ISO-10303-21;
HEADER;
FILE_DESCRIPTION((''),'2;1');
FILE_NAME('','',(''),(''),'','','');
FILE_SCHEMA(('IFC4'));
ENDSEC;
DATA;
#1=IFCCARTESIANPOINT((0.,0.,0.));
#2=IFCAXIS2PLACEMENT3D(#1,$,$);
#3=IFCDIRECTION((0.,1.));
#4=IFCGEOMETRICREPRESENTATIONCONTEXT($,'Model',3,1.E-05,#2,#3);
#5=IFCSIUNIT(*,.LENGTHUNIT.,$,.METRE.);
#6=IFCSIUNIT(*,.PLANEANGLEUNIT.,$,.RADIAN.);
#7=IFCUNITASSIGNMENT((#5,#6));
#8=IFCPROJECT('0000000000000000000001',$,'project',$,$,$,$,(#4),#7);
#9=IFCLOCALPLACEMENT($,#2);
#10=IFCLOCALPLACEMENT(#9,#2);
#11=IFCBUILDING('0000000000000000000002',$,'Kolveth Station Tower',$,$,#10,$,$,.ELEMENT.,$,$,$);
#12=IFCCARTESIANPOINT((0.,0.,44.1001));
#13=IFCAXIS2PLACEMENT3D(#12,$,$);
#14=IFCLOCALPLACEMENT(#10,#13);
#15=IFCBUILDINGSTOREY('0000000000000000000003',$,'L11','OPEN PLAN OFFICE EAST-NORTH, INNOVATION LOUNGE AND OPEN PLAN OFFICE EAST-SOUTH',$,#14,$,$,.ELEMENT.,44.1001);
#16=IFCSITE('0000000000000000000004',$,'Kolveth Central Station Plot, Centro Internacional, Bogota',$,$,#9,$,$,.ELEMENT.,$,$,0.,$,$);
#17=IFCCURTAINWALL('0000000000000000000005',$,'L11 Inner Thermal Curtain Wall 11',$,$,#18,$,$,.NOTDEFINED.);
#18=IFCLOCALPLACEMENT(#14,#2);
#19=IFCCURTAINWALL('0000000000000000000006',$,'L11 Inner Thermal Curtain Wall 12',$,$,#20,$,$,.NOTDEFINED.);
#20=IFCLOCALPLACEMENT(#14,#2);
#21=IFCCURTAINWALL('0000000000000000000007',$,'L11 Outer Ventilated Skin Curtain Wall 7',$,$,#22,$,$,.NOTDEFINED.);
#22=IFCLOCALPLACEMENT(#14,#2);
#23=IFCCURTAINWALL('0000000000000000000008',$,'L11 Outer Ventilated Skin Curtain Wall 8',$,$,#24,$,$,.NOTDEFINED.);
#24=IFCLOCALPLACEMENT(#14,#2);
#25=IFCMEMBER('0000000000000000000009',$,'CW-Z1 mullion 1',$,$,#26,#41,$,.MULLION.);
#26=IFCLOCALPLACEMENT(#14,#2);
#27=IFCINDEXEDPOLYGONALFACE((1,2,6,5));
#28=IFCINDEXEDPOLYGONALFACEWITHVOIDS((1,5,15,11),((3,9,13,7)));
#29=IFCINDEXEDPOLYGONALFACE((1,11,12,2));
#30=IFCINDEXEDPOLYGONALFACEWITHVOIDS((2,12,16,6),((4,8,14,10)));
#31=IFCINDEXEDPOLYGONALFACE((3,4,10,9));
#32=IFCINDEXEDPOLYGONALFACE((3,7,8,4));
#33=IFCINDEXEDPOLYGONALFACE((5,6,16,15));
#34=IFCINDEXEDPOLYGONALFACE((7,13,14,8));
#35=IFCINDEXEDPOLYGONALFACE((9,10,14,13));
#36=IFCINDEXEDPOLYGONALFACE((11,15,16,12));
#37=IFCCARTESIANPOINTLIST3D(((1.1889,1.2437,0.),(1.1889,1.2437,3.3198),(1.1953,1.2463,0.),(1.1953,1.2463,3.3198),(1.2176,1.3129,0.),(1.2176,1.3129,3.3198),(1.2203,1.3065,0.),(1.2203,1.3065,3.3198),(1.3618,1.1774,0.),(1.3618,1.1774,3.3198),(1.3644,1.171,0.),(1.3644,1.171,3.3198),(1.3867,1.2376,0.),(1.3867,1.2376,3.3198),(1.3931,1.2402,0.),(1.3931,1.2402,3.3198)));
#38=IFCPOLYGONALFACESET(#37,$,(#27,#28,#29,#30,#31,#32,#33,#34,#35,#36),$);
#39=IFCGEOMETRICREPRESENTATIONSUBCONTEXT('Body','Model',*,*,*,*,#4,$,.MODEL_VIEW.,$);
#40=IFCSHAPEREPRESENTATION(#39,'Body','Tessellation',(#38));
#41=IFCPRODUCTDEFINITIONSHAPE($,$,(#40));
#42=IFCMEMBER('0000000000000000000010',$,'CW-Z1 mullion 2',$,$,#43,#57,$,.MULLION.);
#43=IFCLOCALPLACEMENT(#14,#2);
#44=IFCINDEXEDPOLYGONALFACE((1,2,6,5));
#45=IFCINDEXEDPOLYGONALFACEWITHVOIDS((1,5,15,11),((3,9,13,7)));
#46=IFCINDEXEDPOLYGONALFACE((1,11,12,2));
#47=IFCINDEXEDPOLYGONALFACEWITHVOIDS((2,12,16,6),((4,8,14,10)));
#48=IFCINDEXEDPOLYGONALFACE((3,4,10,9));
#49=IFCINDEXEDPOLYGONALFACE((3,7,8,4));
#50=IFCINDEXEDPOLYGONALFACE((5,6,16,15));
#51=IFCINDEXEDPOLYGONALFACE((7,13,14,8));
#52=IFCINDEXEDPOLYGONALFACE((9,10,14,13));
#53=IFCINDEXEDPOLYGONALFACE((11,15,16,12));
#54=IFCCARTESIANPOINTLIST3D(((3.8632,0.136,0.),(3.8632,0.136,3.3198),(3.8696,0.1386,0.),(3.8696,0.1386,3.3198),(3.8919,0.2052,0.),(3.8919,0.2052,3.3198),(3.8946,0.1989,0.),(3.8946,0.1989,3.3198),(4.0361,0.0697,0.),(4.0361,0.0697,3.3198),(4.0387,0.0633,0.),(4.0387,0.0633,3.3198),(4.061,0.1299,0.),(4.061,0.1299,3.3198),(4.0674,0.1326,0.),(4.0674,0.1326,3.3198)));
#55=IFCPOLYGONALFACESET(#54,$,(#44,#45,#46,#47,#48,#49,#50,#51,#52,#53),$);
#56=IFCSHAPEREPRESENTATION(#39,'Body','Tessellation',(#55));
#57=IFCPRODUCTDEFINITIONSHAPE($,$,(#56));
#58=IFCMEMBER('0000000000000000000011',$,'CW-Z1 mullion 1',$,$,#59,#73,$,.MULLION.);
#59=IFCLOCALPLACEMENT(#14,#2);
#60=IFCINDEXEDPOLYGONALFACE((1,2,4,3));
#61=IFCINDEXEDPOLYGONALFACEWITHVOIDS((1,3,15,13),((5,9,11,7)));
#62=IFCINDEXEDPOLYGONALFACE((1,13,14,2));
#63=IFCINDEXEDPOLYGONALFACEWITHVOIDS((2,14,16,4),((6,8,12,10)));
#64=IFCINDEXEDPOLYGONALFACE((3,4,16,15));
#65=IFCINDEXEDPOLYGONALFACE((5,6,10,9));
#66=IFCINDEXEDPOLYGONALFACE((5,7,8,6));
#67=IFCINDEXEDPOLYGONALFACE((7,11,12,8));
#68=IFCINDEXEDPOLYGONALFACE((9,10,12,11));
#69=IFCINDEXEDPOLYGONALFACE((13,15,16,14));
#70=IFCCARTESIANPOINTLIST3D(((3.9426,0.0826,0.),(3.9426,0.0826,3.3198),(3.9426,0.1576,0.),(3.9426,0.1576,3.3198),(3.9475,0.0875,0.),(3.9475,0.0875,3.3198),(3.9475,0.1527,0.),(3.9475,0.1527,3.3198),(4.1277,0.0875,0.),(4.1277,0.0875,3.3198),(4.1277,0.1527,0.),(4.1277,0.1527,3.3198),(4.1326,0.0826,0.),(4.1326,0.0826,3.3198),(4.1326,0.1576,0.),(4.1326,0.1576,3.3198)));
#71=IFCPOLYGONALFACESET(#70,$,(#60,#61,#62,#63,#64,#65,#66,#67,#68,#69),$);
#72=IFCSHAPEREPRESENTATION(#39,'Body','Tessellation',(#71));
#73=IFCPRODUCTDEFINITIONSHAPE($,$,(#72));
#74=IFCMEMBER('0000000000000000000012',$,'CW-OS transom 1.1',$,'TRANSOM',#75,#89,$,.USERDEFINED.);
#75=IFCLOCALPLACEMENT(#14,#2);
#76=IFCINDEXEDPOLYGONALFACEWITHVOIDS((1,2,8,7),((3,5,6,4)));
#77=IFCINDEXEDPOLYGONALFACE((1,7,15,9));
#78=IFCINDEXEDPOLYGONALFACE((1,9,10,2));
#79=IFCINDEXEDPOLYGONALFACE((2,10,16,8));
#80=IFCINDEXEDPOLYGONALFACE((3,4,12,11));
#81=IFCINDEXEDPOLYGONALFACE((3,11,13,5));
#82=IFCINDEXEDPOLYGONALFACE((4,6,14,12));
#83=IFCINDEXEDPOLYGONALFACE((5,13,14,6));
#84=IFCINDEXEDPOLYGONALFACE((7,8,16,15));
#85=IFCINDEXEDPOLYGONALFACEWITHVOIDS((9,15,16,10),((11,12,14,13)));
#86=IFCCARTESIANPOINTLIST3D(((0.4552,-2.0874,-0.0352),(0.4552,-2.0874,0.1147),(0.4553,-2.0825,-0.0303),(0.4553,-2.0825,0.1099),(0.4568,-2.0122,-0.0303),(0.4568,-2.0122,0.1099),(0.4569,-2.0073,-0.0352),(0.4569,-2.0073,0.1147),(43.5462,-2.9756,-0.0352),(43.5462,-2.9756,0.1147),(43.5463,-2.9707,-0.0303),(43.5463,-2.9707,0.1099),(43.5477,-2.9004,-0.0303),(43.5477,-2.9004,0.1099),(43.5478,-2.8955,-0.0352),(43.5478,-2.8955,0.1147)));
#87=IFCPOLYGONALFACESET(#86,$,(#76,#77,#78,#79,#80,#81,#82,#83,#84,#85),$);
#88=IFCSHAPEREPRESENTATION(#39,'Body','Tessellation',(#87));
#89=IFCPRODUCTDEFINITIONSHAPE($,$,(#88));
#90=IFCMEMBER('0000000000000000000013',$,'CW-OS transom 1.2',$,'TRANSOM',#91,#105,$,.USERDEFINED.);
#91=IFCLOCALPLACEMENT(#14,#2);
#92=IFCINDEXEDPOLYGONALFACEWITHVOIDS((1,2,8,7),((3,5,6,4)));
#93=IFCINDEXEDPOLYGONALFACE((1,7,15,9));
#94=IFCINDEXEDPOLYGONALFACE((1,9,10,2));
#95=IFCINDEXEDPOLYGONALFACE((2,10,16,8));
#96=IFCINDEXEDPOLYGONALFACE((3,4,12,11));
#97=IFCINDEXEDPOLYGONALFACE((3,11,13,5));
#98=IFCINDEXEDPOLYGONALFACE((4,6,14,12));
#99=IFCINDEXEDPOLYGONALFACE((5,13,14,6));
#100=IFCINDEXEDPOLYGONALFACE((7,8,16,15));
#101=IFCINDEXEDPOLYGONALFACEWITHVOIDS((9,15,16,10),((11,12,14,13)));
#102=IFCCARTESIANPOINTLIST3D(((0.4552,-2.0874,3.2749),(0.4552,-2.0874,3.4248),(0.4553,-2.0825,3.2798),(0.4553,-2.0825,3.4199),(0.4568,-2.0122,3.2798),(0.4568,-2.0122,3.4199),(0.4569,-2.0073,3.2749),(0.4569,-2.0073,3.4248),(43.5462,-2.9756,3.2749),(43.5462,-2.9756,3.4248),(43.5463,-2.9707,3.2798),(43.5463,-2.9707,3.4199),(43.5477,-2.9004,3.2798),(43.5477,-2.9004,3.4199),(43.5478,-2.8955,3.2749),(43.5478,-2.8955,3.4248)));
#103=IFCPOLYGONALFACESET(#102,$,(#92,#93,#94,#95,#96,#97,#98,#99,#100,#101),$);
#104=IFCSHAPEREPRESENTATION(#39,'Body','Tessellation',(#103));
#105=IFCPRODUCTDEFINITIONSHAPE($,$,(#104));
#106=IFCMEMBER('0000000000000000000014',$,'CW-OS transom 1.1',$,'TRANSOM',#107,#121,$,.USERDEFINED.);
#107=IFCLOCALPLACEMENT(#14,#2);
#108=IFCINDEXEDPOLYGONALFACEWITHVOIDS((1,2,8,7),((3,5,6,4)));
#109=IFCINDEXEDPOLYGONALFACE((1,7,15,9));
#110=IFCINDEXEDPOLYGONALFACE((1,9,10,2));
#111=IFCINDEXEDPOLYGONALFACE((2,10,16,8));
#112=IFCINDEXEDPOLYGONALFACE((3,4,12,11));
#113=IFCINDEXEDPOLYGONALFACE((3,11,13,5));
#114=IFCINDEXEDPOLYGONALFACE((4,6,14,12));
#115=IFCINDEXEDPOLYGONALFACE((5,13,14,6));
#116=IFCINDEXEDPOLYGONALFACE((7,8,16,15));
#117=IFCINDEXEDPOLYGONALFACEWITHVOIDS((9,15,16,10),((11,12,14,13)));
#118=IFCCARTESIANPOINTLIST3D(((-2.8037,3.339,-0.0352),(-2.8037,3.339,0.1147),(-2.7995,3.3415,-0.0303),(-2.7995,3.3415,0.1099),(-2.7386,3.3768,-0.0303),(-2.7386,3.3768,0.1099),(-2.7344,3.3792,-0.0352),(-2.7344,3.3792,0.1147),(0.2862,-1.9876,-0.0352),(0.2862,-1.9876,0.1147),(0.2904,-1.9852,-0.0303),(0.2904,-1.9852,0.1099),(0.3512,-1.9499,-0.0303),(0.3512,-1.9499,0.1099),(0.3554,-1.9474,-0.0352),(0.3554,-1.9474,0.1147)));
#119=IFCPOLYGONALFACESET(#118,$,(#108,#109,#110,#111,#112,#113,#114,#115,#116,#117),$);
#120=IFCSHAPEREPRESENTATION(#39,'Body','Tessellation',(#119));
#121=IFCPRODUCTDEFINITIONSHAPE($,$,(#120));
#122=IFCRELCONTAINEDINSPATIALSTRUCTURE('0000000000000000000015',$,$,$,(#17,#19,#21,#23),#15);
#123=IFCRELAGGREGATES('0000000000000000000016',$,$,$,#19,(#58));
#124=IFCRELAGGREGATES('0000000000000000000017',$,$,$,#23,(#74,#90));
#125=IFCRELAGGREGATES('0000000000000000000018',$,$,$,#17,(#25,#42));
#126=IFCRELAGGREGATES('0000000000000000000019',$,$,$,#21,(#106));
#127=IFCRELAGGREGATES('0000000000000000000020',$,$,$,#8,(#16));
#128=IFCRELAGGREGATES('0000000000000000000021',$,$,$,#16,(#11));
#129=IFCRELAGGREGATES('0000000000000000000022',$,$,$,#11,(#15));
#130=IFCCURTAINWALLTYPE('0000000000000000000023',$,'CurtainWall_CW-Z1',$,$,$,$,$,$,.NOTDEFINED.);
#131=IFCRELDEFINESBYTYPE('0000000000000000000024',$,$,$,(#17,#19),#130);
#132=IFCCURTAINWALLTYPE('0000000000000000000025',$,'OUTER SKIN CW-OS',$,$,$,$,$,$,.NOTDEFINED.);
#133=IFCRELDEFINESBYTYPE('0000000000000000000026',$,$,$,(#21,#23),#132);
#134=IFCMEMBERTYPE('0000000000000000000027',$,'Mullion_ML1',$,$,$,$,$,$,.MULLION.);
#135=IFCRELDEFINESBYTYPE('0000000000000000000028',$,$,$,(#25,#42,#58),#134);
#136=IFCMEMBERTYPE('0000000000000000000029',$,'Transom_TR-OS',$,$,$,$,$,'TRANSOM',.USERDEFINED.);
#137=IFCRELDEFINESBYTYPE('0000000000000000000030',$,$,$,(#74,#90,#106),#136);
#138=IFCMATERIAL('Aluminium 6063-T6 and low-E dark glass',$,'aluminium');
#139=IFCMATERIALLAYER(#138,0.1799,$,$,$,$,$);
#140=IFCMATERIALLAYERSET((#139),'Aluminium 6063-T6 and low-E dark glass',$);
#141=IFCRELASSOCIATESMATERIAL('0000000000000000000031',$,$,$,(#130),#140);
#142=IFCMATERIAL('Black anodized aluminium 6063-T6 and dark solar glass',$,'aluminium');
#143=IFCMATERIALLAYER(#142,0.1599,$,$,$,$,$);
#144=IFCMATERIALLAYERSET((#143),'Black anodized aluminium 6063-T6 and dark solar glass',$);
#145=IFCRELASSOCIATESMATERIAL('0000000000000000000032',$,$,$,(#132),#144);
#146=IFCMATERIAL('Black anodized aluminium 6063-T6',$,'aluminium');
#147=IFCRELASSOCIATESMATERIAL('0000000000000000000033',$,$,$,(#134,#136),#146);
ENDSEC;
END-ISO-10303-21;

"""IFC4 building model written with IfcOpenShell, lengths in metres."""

from ifc_helpers import new_model, si_unit, direction, frame, origin, origin_2d, place, context, subcontext, project, spatial, hollow_rectangle, extrude, source, transform, mapped, material, layer, layer_set, material_profile, profile_set, type_object, element, aggregate, save


model = new_model("IFC4")

# Units and contexts
model_context = context("Model", 3, precision=1e-05, world=origin(), true_north=direction((0.0, 1.0)))
body_context = subcontext(model_context, "Body", "Model", "MODEL_VIEW")
ifc_project = project(units=[si_unit("LENGTHUNIT", "METRE"), si_unit("PLANEANGLEUNIT", "RADIAN")], contexts=[model_context])

# Site, building, storey
site_placement = place(None, origin())
site = spatial("IfcSite", under=ifc_project, at=site_placement, Name="Kolveth Central Station Plot, Centro Internacional, Bogota", CompositionType="ELEMENT", RefElevation=0.0)
building_placement = place(site_placement, origin())
building = spatial("IfcBuilding", under=site, at=building_placement, Name="Kolveth Station Tower", CompositionType="ELEMENT")
storey_placement = place(building_placement, frame((0.0, 0.0, 44.1001)))
storey = spatial("IfcBuildingStorey", under=building, at=storey_placement, Name="L11", Description="OPEN PLAN OFFICE EAST-NORTH, INNOVATION LOUNGE AND OPEN PLAN OFFICE EAST-SOUTH", CompositionType="ELEMENT", Elevation=44.1001)

# Curtain walls
ifc_material_1 = material(Name="Aluminium 6063-T6 and low-E dark glass", Category="aluminium")
ifc_layer_1 = layer(ifc_material_1, 0.1799)
ifc_layer_set_1 = layer_set([ifc_layer_1], Name="Aluminium 6063-T6 and low-E dark glass")
curtain_wall_type_1 = type_object("IfcCurtainWallType", Name="CurtainWall_CW-Z1", PredefinedType="NOTDEFINED", material=ifc_layer_set_1)
curtain_wall_1_placement = place(storey_placement, origin())
curtain_wall_1 = element("IfcCurtainWall", 1, at=curtain_wall_1_placement, inside=storey, type_object=curtain_wall_type_1, Name="L11 Inner Thermal Curtain Wall 11", PredefinedType="NOTDEFINED")
ifc_material_2 = material(Name="Black anodized aluminium 6063-T6", Category="aluminium")
curtain_wall_2_placement = place(storey_placement, origin())
curtain_wall_2 = element("IfcCurtainWall", 2, at=curtain_wall_2_placement, inside=storey, type_object=curtain_wall_type_1, Name="L11 Inner Thermal Curtain Wall 12", PredefinedType="NOTDEFINED")

# Curtain walls
ifc_material_3 = material(Name="Black anodized aluminium 6063-T6 and dark solar glass", Category="aluminium")
ifc_layer_2 = layer(ifc_material_3, 0.1599)
ifc_layer_set_2 = layer_set([ifc_layer_2], Name="Black anodized aluminium 6063-T6 and dark solar glass")
curtain_wall_type_2 = type_object("IfcCurtainWallType", Name="OUTER SKIN CW-OS", PredefinedType="NOTDEFINED", material=ifc_layer_set_2)
curtain_wall_3_placement = place(storey_placement, origin())
curtain_wall_3 = element("IfcCurtainWall", 3, at=curtain_wall_3_placement, inside=storey, type_object=curtain_wall_type_2, Name="L11 Outer Ventilated Skin Curtain Wall 7", PredefinedType="NOTDEFINED")
curtain_wall_4_placement = place(storey_placement, origin())
curtain_wall_4 = element("IfcCurtainWall", 4, at=curtain_wall_4_placement, inside=storey, type_object=curtain_wall_type_2, Name="L11 Outer Ventilated Skin Curtain Wall 8", PredefinedType="NOTDEFINED")
ifc_material_profile_1 = material_profile(ifc_material_2, hollow_rectangle(XDim=0.075, YDim=0.1899, WallThickness=0.0049, at=origin_2d()), Name="ALU-75x190x5")
ifc_profile_set_1 = profile_set([ifc_material_profile_1], Name="Black anodized aluminium 6063-T6")
member_type_1 = type_object("IfcMemberType", Name="Mullion_ML1", PredefinedType="MULLION", material=ifc_profile_set_1)
shared_shape_1 = source(origin(), body_context, "Body", "SweptSolid", [
    extrude(hollow_rectangle(XDim=0.075, YDim=0.1899, WallThickness=0.0049, at=origin_2d()), origin(), (0.0, 0.0, 1.0), 3.3198),
])

# Members
member_1_placement = place(storey_placement, frame((1.291, 1.2419, 0.0), z_axis=(0.0, 0.0, 1.0), x_axis=(0.382673, 0.923884, 0.0)))
member_1 = element("IfcMember", 5, at=member_1_placement, type_object=member_type_1, Name="CW-Z1 mullion 1", PredefinedType="MULLION", context=body_context, shape_type="MappedRepresentation", body=[
    mapped(shared_shape_1, transform((0.0, 0.0, 0.0), x_axis=(1.0, 0.0, 0.0), y_axis=(0.0, 1.0, 0.0), z_axis=(0.0, 0.0, 1.0), scale=1.0)),
])
member_2_placement = place(storey_placement, frame((3.9653, 0.1343, 0.0), z_axis=(0.0, 0.0, 1.0), x_axis=(0.382673, 0.923884, 0.0)))
member_2 = element("IfcMember", 6, at=member_2_placement, type_object=member_type_1, Name="CW-Z1 mullion 2", PredefinedType="MULLION", context=body_context, shape_type="MappedRepresentation", body=[
    mapped(shared_shape_1, transform((0.0, 0.0, 0.0), x_axis=(1.0, 0.0, 0.0), y_axis=(0.0, 1.0, 0.0), z_axis=(0.0, 0.0, 1.0), scale=1.0)),
])
member_3_placement = place(storey_placement, frame((4.0376, 0.1201, 0.0), z_axis=(0.0, 0.0, 1.0), x_axis=(0.0, 1.0, 0.0)))
member_3 = element("IfcMember", 7, at=member_3_placement, type_object=member_type_1, Name="CW-Z1 mullion 1", PredefinedType="MULLION", context=body_context, shape_type="MappedRepresentation", body=[
    mapped(shared_shape_1, transform((0.0, 0.0, 0.0), x_axis=(1.0, 0.0, 0.0), y_axis=(0.0, 1.0, 0.0), z_axis=(0.0, 0.0, 1.0), scale=1.0)),
])
aggregate(curtain_wall_2, [member_3])
ifc_material_profile_2 = material_profile(ifc_material_2, hollow_rectangle(XDim=0.0801, YDim=0.1499, WallThickness=0.0049, at=origin_2d()), Name="ALU-80x150x5")
ifc_profile_set_2 = profile_set([ifc_material_profile_2], Name="Black anodized aluminium 6063-T6")
member_type_2 = type_object("IfcMemberType", Name="Transom_TR-OS", ElementType="TRANSOM", PredefinedType="USERDEFINED", material=ifc_profile_set_2)
shared_shape_2 = source(origin(), body_context, "Body", "SweptSolid", [
    extrude(hollow_rectangle(XDim=0.0801, YDim=0.1499, WallThickness=0.0049, at=origin_2d()), origin(), (0.0, 0.0, 1.0), 43.1001),
])
member_4_placement = place(storey_placement, frame((0.4561, -2.0474, 0.0398), z_axis=(0.999788, -0.020607, 0.0), x_axis=(0.020607, 0.999788, 0.0)))
member_4 = element("IfcMember", 8, at=member_4_placement, type_object=member_type_2, Name="CW-OS transom 1.1", ObjectType="TRANSOM", PredefinedType="USERDEFINED", context=body_context, shape_type="MappedRepresentation", body=[
    mapped(shared_shape_2, transform((0.0, 0.0, 0.0), x_axis=(1.0, 0.0, 0.0), y_axis=(0.0, 1.0, 0.0), z_axis=(0.0, 0.0, 1.0), scale=1.0)),
])
member_5_placement = place(storey_placement, frame((0.4561, -2.0474, 3.3499), z_axis=(0.999788, -0.020607, 0.0), x_axis=(0.020607, 0.999788, 0.0)))
member_5 = element("IfcMember", 9, at=member_5_placement, type_object=member_type_2, Name="CW-OS transom 1.2", ObjectType="TRANSOM", PredefinedType="USERDEFINED", context=body_context, shape_type="MappedRepresentation", body=[
    mapped(shared_shape_2, transform((0.0, 0.0, 0.0), x_axis=(1.0, 0.0, 0.0), y_axis=(0.0, 1.0, 0.0), z_axis=(0.0, 0.0, 1.0), scale=1.0)),
])
aggregate(curtain_wall_4, [member_4, member_5])
shared_shape_3 = source(origin(), body_context, "Body", "SweptSolid", [
    extrude(hollow_rectangle(XDim=0.0801, YDim=0.1499, WallThickness=0.0049, at=origin_2d()), origin(), (0.0, 0.0, 1.0), 6.158),
])
member_6_placement = place(storey_placement, frame((-2.769, 3.3591, 0.0398), z_axis=(0.501764, -0.865004, 0.0), x_axis=(0.865004, 0.501764, 0.0)))
member_6 = element("IfcMember", 10, at=member_6_placement, type_object=member_type_2, Name="CW-OS transom 1.1", ObjectType="TRANSOM", PredefinedType="USERDEFINED", context=body_context, shape_type="MappedRepresentation", body=[
    mapped(shared_shape_3, transform((0.0, 0.0, 0.0), x_axis=(1.0, 0.0, 0.0), y_axis=(0.0, 1.0, 0.0), z_axis=(0.0, 0.0, 1.0), scale=1.0)),
])

aggregate(curtain_wall_1, [member_1, member_2])
aggregate(curtain_wall_3, [member_6])

save(model, "model.ifc")
